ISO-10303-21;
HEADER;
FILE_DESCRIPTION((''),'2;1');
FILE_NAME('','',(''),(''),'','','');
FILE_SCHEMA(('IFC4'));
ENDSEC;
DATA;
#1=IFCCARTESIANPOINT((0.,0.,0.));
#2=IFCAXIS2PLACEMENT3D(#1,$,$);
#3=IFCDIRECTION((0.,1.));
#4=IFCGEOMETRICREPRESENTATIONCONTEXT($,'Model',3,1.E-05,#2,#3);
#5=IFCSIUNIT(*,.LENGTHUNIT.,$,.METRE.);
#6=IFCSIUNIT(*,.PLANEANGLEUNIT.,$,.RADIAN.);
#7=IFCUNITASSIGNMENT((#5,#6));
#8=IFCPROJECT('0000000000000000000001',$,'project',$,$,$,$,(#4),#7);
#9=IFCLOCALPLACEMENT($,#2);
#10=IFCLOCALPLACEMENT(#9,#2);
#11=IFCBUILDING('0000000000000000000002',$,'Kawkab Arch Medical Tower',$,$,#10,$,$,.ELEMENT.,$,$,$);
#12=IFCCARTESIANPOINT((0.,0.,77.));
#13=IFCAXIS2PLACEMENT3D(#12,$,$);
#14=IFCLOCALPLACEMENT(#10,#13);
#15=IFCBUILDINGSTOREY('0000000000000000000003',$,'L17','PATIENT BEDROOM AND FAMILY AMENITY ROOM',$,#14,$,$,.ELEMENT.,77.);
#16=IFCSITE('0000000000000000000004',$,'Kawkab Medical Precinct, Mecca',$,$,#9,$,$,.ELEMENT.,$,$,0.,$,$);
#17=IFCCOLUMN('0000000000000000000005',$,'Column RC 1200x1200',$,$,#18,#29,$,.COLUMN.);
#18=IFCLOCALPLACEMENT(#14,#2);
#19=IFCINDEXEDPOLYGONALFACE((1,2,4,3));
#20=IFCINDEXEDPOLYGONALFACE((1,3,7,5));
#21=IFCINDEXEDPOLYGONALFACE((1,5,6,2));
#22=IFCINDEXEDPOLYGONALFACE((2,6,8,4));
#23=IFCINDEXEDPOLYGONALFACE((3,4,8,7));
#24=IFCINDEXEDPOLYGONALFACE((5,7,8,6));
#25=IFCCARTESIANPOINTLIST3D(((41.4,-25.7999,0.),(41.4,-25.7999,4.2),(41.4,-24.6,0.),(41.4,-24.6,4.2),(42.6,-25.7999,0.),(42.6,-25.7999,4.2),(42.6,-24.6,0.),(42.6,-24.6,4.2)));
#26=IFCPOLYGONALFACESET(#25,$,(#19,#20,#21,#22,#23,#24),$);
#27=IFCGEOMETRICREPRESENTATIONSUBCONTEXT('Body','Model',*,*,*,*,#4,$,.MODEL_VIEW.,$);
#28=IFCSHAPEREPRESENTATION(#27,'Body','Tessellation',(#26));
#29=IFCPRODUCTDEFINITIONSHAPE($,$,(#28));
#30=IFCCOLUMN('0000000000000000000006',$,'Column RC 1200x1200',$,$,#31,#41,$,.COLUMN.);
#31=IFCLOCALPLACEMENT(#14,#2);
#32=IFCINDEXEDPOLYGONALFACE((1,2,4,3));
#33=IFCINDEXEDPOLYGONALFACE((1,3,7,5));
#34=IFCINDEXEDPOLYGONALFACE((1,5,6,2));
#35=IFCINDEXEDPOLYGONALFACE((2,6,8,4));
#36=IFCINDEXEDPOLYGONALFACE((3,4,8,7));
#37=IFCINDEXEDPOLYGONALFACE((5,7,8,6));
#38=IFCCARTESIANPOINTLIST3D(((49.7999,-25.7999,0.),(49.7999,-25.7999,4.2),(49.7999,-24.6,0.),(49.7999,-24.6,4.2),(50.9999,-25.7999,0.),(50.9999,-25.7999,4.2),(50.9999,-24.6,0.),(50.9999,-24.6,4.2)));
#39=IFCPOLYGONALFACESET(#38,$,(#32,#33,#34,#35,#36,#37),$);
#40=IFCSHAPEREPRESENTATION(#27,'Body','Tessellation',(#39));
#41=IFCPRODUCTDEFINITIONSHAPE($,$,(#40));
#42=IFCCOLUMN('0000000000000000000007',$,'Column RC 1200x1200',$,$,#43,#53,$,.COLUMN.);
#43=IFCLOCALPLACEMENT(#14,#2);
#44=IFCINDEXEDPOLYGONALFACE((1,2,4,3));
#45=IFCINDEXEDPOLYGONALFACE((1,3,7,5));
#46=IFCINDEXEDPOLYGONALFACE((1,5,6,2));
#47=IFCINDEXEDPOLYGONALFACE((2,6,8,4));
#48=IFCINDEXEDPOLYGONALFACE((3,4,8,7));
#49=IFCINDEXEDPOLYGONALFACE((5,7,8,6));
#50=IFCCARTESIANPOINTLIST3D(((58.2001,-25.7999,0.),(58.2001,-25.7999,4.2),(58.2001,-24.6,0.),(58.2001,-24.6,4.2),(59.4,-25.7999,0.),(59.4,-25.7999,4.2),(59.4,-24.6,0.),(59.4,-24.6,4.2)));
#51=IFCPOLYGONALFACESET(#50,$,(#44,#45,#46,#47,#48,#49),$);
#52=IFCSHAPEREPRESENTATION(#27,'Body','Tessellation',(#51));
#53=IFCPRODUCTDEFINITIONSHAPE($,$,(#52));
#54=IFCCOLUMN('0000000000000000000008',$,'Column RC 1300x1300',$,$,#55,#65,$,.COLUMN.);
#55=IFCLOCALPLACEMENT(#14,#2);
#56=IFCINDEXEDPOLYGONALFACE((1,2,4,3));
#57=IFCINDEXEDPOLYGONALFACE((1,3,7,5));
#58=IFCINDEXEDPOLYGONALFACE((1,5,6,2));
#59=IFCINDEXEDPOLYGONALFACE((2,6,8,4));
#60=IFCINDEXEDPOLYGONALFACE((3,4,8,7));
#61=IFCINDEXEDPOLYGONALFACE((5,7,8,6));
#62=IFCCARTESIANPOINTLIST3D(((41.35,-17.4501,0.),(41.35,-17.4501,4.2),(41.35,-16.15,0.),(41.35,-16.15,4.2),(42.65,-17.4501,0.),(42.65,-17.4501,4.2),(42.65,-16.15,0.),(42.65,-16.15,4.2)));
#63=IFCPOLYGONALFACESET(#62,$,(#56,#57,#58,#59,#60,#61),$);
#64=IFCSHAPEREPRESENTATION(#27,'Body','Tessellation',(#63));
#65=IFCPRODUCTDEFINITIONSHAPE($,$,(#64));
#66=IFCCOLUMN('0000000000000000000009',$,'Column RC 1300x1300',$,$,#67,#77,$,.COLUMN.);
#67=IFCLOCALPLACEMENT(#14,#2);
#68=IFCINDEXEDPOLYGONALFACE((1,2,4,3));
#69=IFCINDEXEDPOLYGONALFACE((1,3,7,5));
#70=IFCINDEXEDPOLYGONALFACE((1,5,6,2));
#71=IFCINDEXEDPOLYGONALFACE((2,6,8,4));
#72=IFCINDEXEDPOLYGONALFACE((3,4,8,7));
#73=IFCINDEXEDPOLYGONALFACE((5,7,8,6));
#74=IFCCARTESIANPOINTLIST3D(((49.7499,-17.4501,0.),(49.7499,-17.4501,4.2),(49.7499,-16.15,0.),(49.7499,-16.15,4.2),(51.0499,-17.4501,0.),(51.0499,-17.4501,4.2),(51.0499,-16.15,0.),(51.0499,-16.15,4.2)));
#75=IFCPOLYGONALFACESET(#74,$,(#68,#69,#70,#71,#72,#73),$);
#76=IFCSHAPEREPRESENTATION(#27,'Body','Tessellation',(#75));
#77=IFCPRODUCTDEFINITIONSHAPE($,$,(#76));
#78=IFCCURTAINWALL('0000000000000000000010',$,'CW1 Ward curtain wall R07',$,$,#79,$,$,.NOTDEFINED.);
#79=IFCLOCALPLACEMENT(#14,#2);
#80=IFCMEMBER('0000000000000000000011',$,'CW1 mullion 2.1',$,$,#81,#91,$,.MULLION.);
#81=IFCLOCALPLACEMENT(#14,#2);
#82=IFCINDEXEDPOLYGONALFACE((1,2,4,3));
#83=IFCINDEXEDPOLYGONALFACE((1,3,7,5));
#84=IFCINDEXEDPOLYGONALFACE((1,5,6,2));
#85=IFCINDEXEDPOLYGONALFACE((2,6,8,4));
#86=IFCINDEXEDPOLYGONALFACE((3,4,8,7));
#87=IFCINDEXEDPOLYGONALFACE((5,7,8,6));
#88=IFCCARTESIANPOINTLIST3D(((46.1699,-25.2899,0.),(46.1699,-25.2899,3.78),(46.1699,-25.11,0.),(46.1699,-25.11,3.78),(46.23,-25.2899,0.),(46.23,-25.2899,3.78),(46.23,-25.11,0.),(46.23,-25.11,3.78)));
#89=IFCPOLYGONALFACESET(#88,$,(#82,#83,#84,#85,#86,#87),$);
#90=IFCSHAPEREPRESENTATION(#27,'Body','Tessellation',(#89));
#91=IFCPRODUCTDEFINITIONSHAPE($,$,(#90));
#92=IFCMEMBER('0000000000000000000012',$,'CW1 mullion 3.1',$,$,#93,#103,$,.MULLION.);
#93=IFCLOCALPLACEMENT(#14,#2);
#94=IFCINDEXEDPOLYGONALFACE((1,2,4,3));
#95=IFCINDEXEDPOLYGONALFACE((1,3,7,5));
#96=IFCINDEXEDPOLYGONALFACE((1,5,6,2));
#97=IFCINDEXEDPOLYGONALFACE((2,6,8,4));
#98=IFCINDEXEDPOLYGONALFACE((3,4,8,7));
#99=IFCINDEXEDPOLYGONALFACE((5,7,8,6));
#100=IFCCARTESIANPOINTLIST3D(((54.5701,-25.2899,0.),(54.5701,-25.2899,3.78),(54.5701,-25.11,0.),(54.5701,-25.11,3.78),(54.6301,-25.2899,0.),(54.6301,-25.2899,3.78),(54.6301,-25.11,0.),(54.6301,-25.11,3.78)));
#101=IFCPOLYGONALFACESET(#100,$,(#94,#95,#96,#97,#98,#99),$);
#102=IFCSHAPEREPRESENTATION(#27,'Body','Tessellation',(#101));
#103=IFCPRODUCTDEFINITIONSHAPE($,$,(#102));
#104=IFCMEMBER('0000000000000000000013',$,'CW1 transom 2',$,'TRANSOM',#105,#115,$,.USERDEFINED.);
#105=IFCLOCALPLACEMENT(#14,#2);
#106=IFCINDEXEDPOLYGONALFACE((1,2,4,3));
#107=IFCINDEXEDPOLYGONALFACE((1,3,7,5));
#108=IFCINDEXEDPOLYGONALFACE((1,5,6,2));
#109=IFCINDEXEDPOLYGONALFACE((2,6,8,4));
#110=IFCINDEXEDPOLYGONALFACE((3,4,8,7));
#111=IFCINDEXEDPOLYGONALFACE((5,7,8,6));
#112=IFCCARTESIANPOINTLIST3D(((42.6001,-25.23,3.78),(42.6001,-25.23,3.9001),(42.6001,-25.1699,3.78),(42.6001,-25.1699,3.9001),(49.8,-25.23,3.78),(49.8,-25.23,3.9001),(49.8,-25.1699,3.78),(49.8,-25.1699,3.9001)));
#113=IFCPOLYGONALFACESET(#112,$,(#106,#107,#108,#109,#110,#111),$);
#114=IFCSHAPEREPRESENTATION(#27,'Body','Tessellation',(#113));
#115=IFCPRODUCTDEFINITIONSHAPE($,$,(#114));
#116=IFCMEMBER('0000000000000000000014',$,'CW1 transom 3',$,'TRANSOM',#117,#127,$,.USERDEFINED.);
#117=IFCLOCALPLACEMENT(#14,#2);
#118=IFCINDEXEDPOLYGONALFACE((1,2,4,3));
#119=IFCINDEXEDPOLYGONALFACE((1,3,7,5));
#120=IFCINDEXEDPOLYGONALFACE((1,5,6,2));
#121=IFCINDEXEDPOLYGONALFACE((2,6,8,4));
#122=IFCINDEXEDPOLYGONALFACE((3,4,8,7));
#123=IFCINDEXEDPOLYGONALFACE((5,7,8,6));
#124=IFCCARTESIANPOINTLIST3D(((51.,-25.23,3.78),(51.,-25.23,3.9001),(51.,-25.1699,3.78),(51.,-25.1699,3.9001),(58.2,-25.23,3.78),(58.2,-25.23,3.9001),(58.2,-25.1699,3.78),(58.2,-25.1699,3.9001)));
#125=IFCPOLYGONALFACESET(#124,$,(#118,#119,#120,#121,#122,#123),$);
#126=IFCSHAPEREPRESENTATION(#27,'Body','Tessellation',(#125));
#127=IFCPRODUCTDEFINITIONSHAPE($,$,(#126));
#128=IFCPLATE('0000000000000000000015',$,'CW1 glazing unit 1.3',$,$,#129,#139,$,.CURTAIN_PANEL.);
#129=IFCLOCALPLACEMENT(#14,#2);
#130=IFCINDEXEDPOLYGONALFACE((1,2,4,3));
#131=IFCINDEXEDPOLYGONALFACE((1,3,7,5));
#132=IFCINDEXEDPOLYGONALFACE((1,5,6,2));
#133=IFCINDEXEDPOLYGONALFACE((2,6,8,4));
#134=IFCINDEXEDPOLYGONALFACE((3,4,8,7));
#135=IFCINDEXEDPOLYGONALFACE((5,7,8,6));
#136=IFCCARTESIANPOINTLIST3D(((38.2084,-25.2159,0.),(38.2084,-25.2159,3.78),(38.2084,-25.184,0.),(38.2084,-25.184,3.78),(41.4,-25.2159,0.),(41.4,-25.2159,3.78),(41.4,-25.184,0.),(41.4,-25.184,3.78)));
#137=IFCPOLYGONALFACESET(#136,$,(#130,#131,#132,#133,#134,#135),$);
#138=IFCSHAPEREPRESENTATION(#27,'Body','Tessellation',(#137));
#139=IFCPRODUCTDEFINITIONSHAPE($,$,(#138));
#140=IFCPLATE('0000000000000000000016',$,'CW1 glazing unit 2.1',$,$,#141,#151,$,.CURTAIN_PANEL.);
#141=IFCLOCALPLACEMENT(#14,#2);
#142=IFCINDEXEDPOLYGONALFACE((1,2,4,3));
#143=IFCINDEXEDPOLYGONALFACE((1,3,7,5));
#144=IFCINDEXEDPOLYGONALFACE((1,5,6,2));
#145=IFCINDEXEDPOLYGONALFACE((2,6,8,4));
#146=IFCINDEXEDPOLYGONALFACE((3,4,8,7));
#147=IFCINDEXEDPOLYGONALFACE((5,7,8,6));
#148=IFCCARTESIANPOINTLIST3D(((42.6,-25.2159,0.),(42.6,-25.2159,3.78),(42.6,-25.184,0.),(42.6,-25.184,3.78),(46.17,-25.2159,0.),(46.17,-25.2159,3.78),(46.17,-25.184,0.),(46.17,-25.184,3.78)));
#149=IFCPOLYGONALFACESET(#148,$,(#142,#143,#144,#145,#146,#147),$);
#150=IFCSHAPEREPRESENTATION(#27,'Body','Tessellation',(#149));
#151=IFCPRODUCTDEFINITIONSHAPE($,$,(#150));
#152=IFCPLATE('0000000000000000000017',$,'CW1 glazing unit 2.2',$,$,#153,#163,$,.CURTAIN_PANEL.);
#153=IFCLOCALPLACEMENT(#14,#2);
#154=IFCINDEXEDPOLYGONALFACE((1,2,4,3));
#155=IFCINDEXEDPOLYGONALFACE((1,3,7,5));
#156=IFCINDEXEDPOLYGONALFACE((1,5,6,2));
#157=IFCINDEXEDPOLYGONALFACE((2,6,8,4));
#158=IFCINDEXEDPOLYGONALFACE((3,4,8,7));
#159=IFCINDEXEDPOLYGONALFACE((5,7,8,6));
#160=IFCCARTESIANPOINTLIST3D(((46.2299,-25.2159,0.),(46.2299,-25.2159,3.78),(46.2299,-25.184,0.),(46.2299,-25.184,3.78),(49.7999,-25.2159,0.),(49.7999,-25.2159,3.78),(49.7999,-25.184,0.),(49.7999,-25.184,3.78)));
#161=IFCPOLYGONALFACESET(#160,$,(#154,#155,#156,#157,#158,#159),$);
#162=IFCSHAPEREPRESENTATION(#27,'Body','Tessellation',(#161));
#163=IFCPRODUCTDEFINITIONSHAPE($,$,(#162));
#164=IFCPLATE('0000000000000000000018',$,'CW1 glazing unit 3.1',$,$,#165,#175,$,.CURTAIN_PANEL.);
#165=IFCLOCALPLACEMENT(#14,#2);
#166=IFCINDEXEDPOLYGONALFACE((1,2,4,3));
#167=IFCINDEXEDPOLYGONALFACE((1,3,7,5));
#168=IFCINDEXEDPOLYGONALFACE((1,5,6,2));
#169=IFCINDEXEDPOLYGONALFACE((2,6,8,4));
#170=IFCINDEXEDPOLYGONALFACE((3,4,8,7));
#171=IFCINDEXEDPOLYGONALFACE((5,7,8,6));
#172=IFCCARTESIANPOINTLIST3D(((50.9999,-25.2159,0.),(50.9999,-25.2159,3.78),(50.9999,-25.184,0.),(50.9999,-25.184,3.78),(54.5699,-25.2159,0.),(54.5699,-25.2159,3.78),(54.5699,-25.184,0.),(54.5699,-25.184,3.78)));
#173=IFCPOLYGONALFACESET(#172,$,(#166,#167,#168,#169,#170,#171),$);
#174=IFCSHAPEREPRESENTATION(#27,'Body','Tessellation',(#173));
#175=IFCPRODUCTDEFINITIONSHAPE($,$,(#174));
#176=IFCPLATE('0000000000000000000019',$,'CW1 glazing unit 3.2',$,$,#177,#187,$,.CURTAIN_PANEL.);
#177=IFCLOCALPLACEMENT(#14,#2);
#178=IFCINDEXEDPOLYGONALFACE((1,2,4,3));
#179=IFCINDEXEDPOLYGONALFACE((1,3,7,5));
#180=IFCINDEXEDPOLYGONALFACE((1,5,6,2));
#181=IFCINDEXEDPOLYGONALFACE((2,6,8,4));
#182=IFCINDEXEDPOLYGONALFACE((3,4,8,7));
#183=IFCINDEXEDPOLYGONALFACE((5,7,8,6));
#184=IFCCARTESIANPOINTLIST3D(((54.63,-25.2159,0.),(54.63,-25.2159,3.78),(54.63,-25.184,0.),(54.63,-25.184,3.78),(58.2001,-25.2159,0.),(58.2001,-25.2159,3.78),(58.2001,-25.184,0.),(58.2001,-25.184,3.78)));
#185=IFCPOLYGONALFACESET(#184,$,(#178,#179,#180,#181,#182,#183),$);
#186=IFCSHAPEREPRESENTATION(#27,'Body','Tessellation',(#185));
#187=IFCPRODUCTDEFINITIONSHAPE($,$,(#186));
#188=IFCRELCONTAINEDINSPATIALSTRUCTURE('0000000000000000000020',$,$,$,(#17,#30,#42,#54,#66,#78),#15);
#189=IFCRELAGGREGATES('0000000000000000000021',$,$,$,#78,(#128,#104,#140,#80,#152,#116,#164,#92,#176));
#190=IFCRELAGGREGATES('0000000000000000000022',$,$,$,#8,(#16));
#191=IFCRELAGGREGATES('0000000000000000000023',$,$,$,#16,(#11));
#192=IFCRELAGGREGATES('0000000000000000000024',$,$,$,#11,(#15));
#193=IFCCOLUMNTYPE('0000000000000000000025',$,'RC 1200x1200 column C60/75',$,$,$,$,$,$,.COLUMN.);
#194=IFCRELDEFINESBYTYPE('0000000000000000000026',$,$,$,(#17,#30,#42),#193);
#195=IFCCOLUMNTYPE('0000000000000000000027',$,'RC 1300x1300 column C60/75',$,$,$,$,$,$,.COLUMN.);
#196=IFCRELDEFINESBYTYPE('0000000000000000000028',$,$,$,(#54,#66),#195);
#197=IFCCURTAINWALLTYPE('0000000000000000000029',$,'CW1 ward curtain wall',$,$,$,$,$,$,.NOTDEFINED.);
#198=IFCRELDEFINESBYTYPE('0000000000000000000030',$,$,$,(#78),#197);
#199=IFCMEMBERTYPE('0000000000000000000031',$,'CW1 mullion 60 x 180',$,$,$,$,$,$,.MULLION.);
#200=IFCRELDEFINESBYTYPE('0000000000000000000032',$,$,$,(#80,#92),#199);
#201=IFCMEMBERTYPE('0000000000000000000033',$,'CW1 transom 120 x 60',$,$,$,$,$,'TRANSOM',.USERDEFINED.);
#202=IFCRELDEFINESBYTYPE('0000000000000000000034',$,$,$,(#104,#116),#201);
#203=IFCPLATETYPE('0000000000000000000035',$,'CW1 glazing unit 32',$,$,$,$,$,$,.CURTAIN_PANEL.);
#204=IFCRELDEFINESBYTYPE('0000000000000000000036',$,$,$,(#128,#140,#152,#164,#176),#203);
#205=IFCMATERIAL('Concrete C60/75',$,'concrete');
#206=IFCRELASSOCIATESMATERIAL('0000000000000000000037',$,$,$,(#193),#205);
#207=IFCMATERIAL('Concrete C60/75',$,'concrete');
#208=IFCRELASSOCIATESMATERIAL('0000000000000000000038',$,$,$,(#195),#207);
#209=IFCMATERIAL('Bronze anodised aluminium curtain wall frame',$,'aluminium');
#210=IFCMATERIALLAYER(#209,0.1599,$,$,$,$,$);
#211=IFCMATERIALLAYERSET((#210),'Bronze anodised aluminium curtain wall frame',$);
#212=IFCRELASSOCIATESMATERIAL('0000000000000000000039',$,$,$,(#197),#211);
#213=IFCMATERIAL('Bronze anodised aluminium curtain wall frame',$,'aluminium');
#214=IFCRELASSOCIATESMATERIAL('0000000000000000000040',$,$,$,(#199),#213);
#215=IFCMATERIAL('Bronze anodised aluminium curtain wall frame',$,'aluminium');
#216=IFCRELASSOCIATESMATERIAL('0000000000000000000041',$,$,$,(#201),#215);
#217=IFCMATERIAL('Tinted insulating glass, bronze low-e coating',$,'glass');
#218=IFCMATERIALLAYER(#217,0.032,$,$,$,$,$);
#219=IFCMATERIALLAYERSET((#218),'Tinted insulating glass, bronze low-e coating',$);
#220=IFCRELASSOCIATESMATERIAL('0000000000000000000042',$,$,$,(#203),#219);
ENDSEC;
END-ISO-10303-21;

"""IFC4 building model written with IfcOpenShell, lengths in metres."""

from ifc_helpers import new_model, si_unit, direction, frame, origin, origin_2d, place, context, subcontext, project, spatial, rectangle, extrude, material, layer, layer_set, material_profile, profile_set, type_object, element, aggregate, save


model = new_model("IFC4")

# Units and contexts
model_context = context("Model", 3, precision=1e-05, world=origin(), true_north=direction((0.0, 1.0)))
body_context = subcontext(model_context, "Body", "Model", "MODEL_VIEW")
ifc_project = project(units=[si_unit("LENGTHUNIT", "METRE"), si_unit("PLANEANGLEUNIT", "RADIAN")], contexts=[model_context])

# Site, building, storey
site_placement = place(None, origin())
site = spatial("IfcSite", under=ifc_project, at=site_placement, Name="Kawkab Medical Precinct, Mecca", CompositionType="ELEMENT", RefElevation=0.0)
building_placement = place(site_placement, origin())
building = spatial("IfcBuilding", under=site, at=building_placement, Name="Kawkab Arch Medical Tower", CompositionType="ELEMENT")
storey_placement = place(building_placement, frame((0.0, 0.0, 77.0)))
storey = spatial("IfcBuildingStorey", under=building, at=storey_placement, Name="L17", Description="PATIENT BEDROOM AND FAMILY AMENITY ROOM", CompositionType="ELEMENT", Elevation=77.0)

# Columns
ifc_material_1 = material(Name="Concrete C60/75", Category="concrete")
ifc_material_profile_1 = material_profile(ifc_material_1, rectangle(XDim=1.2, YDim=1.2, at=origin_2d()), Name="RC 1200x1200")
ifc_profile_set_1 = profile_set([ifc_material_profile_1], Name="Concrete C60/75")
column_type_1 = type_object("IfcColumnType", Name="RC 1200x1200 column C60/75", PredefinedType="COLUMN", material=ifc_profile_set_1)
for number, where, z_axis, x_axis, name in (
    (1, (42.0, -25.2, 0.0), (0.0, 0.0, 1.0), (1.0, 0.0, 0.0), "Column RC 1200x1200"),
    (2, (50.3999, -25.2, 0.0), (0.0, 0.0, 1.0), (1.0, 0.0, 0.0), "Column RC 1200x1200"),
    (3, (58.8, -25.2, 0.0), (0.0, 0.0, 1.0), (1.0, 0.0, 0.0), "Column RC 1200x1200"),
):
    element("IfcColumn", number, at=place(storey_placement, frame(where, z_axis=z_axis, x_axis=x_axis)), inside=storey, type_object=column_type_1, Name=name, PredefinedType="COLUMN", context=body_context, shape_type="SweptSolid", body=[
        extrude(rectangle(XDim=1.2, YDim=1.2, at=origin_2d()), origin(), (0.0, 0.0, 1.0), 4.2),
    ])
ifc_material_2 = material(Name="Concrete C60/75", Category="concrete")
ifc_material_profile_2 = material_profile(ifc_material_2, rectangle(XDim=1.3, YDim=1.3, at=origin_2d()), Name="RC 1300x1300")
ifc_profile_set_2 = profile_set([ifc_material_profile_2], Name="Concrete C60/75")
column_type_2 = type_object("IfcColumnType", Name="RC 1300x1300 column C60/75", PredefinedType="COLUMN", material=ifc_profile_set_2)
for number, where, z_axis, x_axis, name in (
    (4, (42.0, -16.8, 0.0), (0.0, 0.0, 1.0), (1.0, 0.0, 0.0), "Column RC 1300x1300"),
    (5, (50.3999, -16.8, 0.0), (0.0, 0.0, 1.0), (1.0, 0.0, 0.0), "Column RC 1300x1300"),
):
    element("IfcColumn", number, at=place(storey_placement, frame(where, z_axis=z_axis, x_axis=x_axis)), inside=storey, type_object=column_type_2, Name=name, PredefinedType="COLUMN", context=body_context, shape_type="SweptSolid", body=[
        extrude(rectangle(XDim=1.3, YDim=1.3, at=origin_2d()), origin(), (0.0, 0.0, 1.0), 4.2),
    ])

# Curtain wall, members, plates
ifc_material_3 = material(Name="Bronze anodised aluminium curtain wall frame", Category="aluminium")
ifc_layer_1 = layer(ifc_material_3, 0.1599)
ifc_layer_set_1 = layer_set([ifc_layer_1], Name="Bronze anodised aluminium curtain wall frame")
curtain_wall_type = type_object("IfcCurtainWallType", Name="CW1 ward curtain wall", PredefinedType="NOTDEFINED", material=ifc_layer_set_1)
curtain_wall_placement = place(storey_placement, origin())
curtain_wall = element("IfcCurtainWall", 6, at=curtain_wall_placement, inside=storey, type_object=curtain_wall_type, Name="CW1 Ward curtain wall R07", PredefinedType="NOTDEFINED")
ifc_material_4 = material(Name="Bronze anodised aluminium curtain wall frame", Category="aluminium")
ifc_material_profile_3 = material_profile(ifc_material_4, rectangle(XDim=0.1799, YDim=0.0601, at=origin_2d()), Name="AL 60x180")
ifc_profile_set_3 = profile_set([ifc_material_profile_3], Name="Bronze anodised aluminium curtain wall frame")
member_type_1 = type_object("IfcMemberType", Name="CW1 mullion 60 x 180", PredefinedType="MULLION", material=ifc_profile_set_3)
member_1_placement = place(storey_placement, frame((46.2, -25.2, 0.0), z_axis=(0.0, 0.0, 1.0), x_axis=(0.0, 1.0, 0.0)))
member_1 = element("IfcMember", 7, at=member_1_placement, type_object=member_type_1, Name="CW1 mullion 2.1", PredefinedType="MULLION", context=body_context, shape_type="SweptSolid", body=[
    extrude(rectangle(XDim=0.1799, YDim=0.0601, at=origin_2d()), origin(), (0.0, 0.0, 1.0), 3.78),
])
member_2_placement = place(storey_placement, frame((54.6001, -25.2, 0.0), z_axis=(0.0, 0.0, 1.0), x_axis=(0.0, 1.0, 0.0)))
member_2 = element("IfcMember", 8, at=member_2_placement, type_object=member_type_1, Name="CW1 mullion 3.1", PredefinedType="MULLION", context=body_context, shape_type="SweptSolid", body=[
    extrude(rectangle(XDim=0.1799, YDim=0.0601, at=origin_2d()), origin(), (0.0, 0.0, 1.0), 3.78),
])
ifc_material_5 = material(Name="Bronze anodised aluminium curtain wall frame", Category="aluminium")
ifc_material_profile_4 = material_profile(ifc_material_5, rectangle(XDim=0.0601, YDim=0.1201, at=origin_2d()), Name="AL 60x120")
ifc_profile_set_4 = profile_set([ifc_material_profile_4], Name="Bronze anodised aluminium curtain wall frame")
member_type_2 = type_object("IfcMemberType", Name="CW1 transom 120 x 60", ElementType="TRANSOM", PredefinedType="USERDEFINED", material=ifc_profile_set_4)
member_3_placement = place(storey_placement, frame((42.6001, -25.2, 3.8401), z_axis=(1.0, 0.0, 0.0), x_axis=(0.0, 1.0, 0.0)))
member_3 = element("IfcMember", 9, at=member_3_placement, type_object=member_type_2, Name="CW1 transom 2", ObjectType="TRANSOM", PredefinedType="USERDEFINED", context=body_context, shape_type="SweptSolid", body=[
    extrude(rectangle(XDim=0.0601, YDim=0.1201, at=origin_2d()), origin(), (0.0, 0.0, 1.0), 7.2),
])
member_4_placement = place(storey_placement, frame((51.0, -25.2, 3.8401), z_axis=(1.0, 0.0, 0.0), x_axis=(0.0, 1.0, 0.0)))
member_4 = element("IfcMember", 10, at=member_4_placement, type_object=member_type_2, Name="CW1 transom 3", ObjectType="TRANSOM", PredefinedType="USERDEFINED", context=body_context, shape_type="SweptSolid", body=[
    extrude(rectangle(XDim=0.0601, YDim=0.1201, at=origin_2d()), origin(), (0.0, 0.0, 1.0), 7.2),
])
ifc_material_6 = material(Name="Tinted insulating glass, bronze low-e coating", Category="glass")
ifc_layer_2 = layer(ifc_material_6, 0.032)
ifc_layer_set_2 = layer_set([ifc_layer_2], Name="Tinted insulating glass, bronze low-e coating")
plate_type = type_object("IfcPlateType", Name="CW1 glazing unit 32", PredefinedType="CURTAIN_PANEL", material=ifc_layer_set_2)
plate_1_placement = place(storey_placement, frame((39.8042, -25.2, 0.0), z_axis=(0.0, 0.0, 1.0), x_axis=(1.0, 0.0, 0.0)))
plate_1 = element("IfcPlate", 11, at=plate_1_placement, type_object=plate_type, Name="CW1 glazing unit 1.3", PredefinedType="CURTAIN_PANEL", context=body_context, shape_type="SweptSolid", body=[
    extrude(rectangle(XDim=3.1917, YDim=0.032, at=origin_2d()), origin(), (0.0, 0.0, 1.0), 3.78),
])
plate_2_placement = place(storey_placement, frame((44.385, -25.2, 0.0), z_axis=(0.0, 0.0, 1.0), x_axis=(1.0, 0.0, 0.0)))
plate_2 = element("IfcPlate", 12, at=plate_2_placement, type_object=plate_type, Name="CW1 glazing unit 2.1", PredefinedType="CURTAIN_PANEL", context=body_context, shape_type="SweptSolid", body=[
    extrude(rectangle(XDim=3.5701, YDim=0.032, at=origin_2d()), origin(), (0.0, 0.0, 1.0), 3.78),
])
plate_3_placement = place(storey_placement, frame((48.0149, -25.2, 0.0), z_axis=(0.0, 0.0, 1.0), x_axis=(1.0, 0.0, 0.0)))
plate_3 = element("IfcPlate", 13, at=plate_3_placement, type_object=plate_type, Name="CW1 glazing unit 2.2", PredefinedType="CURTAIN_PANEL", context=body_context, shape_type="SweptSolid", body=[
    extrude(rectangle(XDim=3.5701, YDim=0.032, at=origin_2d()), origin(), (0.0, 0.0, 1.0), 3.78),
])
plate_4_placement = place(storey_placement, frame((52.7849, -25.2, 0.0), z_axis=(0.0, 0.0, 1.0), x_axis=(1.0, 0.0, 0.0)))
plate_4 = element("IfcPlate", 14, at=plate_4_placement, type_object=plate_type, Name="CW1 glazing unit 3.1", PredefinedType="CURTAIN_PANEL", context=body_context, shape_type="SweptSolid", body=[
    extrude(rectangle(XDim=3.5701, YDim=0.032, at=origin_2d()), origin(), (0.0, 0.0, 1.0), 3.78),
])
plate_5_placement = place(storey_placement, frame((56.415, -25.2, 0.0), z_axis=(0.0, 0.0, 1.0), x_axis=(1.0, 0.0, 0.0)))
plate_5 = element("IfcPlate", 15, at=plate_5_placement, type_object=plate_type, Name="CW1 glazing unit 3.2", PredefinedType="CURTAIN_PANEL", context=body_context, shape_type="SweptSolid", body=[
    extrude(rectangle(XDim=3.5701, YDim=0.032, at=origin_2d()), origin(), (0.0, 0.0, 1.0), 3.78),
])
aggregate(curtain_wall, [plate_1, member_3, plate_2, member_1, plate_3, member_4, plate_4, member_2, plate_5])

save(model, "model.ifc")
